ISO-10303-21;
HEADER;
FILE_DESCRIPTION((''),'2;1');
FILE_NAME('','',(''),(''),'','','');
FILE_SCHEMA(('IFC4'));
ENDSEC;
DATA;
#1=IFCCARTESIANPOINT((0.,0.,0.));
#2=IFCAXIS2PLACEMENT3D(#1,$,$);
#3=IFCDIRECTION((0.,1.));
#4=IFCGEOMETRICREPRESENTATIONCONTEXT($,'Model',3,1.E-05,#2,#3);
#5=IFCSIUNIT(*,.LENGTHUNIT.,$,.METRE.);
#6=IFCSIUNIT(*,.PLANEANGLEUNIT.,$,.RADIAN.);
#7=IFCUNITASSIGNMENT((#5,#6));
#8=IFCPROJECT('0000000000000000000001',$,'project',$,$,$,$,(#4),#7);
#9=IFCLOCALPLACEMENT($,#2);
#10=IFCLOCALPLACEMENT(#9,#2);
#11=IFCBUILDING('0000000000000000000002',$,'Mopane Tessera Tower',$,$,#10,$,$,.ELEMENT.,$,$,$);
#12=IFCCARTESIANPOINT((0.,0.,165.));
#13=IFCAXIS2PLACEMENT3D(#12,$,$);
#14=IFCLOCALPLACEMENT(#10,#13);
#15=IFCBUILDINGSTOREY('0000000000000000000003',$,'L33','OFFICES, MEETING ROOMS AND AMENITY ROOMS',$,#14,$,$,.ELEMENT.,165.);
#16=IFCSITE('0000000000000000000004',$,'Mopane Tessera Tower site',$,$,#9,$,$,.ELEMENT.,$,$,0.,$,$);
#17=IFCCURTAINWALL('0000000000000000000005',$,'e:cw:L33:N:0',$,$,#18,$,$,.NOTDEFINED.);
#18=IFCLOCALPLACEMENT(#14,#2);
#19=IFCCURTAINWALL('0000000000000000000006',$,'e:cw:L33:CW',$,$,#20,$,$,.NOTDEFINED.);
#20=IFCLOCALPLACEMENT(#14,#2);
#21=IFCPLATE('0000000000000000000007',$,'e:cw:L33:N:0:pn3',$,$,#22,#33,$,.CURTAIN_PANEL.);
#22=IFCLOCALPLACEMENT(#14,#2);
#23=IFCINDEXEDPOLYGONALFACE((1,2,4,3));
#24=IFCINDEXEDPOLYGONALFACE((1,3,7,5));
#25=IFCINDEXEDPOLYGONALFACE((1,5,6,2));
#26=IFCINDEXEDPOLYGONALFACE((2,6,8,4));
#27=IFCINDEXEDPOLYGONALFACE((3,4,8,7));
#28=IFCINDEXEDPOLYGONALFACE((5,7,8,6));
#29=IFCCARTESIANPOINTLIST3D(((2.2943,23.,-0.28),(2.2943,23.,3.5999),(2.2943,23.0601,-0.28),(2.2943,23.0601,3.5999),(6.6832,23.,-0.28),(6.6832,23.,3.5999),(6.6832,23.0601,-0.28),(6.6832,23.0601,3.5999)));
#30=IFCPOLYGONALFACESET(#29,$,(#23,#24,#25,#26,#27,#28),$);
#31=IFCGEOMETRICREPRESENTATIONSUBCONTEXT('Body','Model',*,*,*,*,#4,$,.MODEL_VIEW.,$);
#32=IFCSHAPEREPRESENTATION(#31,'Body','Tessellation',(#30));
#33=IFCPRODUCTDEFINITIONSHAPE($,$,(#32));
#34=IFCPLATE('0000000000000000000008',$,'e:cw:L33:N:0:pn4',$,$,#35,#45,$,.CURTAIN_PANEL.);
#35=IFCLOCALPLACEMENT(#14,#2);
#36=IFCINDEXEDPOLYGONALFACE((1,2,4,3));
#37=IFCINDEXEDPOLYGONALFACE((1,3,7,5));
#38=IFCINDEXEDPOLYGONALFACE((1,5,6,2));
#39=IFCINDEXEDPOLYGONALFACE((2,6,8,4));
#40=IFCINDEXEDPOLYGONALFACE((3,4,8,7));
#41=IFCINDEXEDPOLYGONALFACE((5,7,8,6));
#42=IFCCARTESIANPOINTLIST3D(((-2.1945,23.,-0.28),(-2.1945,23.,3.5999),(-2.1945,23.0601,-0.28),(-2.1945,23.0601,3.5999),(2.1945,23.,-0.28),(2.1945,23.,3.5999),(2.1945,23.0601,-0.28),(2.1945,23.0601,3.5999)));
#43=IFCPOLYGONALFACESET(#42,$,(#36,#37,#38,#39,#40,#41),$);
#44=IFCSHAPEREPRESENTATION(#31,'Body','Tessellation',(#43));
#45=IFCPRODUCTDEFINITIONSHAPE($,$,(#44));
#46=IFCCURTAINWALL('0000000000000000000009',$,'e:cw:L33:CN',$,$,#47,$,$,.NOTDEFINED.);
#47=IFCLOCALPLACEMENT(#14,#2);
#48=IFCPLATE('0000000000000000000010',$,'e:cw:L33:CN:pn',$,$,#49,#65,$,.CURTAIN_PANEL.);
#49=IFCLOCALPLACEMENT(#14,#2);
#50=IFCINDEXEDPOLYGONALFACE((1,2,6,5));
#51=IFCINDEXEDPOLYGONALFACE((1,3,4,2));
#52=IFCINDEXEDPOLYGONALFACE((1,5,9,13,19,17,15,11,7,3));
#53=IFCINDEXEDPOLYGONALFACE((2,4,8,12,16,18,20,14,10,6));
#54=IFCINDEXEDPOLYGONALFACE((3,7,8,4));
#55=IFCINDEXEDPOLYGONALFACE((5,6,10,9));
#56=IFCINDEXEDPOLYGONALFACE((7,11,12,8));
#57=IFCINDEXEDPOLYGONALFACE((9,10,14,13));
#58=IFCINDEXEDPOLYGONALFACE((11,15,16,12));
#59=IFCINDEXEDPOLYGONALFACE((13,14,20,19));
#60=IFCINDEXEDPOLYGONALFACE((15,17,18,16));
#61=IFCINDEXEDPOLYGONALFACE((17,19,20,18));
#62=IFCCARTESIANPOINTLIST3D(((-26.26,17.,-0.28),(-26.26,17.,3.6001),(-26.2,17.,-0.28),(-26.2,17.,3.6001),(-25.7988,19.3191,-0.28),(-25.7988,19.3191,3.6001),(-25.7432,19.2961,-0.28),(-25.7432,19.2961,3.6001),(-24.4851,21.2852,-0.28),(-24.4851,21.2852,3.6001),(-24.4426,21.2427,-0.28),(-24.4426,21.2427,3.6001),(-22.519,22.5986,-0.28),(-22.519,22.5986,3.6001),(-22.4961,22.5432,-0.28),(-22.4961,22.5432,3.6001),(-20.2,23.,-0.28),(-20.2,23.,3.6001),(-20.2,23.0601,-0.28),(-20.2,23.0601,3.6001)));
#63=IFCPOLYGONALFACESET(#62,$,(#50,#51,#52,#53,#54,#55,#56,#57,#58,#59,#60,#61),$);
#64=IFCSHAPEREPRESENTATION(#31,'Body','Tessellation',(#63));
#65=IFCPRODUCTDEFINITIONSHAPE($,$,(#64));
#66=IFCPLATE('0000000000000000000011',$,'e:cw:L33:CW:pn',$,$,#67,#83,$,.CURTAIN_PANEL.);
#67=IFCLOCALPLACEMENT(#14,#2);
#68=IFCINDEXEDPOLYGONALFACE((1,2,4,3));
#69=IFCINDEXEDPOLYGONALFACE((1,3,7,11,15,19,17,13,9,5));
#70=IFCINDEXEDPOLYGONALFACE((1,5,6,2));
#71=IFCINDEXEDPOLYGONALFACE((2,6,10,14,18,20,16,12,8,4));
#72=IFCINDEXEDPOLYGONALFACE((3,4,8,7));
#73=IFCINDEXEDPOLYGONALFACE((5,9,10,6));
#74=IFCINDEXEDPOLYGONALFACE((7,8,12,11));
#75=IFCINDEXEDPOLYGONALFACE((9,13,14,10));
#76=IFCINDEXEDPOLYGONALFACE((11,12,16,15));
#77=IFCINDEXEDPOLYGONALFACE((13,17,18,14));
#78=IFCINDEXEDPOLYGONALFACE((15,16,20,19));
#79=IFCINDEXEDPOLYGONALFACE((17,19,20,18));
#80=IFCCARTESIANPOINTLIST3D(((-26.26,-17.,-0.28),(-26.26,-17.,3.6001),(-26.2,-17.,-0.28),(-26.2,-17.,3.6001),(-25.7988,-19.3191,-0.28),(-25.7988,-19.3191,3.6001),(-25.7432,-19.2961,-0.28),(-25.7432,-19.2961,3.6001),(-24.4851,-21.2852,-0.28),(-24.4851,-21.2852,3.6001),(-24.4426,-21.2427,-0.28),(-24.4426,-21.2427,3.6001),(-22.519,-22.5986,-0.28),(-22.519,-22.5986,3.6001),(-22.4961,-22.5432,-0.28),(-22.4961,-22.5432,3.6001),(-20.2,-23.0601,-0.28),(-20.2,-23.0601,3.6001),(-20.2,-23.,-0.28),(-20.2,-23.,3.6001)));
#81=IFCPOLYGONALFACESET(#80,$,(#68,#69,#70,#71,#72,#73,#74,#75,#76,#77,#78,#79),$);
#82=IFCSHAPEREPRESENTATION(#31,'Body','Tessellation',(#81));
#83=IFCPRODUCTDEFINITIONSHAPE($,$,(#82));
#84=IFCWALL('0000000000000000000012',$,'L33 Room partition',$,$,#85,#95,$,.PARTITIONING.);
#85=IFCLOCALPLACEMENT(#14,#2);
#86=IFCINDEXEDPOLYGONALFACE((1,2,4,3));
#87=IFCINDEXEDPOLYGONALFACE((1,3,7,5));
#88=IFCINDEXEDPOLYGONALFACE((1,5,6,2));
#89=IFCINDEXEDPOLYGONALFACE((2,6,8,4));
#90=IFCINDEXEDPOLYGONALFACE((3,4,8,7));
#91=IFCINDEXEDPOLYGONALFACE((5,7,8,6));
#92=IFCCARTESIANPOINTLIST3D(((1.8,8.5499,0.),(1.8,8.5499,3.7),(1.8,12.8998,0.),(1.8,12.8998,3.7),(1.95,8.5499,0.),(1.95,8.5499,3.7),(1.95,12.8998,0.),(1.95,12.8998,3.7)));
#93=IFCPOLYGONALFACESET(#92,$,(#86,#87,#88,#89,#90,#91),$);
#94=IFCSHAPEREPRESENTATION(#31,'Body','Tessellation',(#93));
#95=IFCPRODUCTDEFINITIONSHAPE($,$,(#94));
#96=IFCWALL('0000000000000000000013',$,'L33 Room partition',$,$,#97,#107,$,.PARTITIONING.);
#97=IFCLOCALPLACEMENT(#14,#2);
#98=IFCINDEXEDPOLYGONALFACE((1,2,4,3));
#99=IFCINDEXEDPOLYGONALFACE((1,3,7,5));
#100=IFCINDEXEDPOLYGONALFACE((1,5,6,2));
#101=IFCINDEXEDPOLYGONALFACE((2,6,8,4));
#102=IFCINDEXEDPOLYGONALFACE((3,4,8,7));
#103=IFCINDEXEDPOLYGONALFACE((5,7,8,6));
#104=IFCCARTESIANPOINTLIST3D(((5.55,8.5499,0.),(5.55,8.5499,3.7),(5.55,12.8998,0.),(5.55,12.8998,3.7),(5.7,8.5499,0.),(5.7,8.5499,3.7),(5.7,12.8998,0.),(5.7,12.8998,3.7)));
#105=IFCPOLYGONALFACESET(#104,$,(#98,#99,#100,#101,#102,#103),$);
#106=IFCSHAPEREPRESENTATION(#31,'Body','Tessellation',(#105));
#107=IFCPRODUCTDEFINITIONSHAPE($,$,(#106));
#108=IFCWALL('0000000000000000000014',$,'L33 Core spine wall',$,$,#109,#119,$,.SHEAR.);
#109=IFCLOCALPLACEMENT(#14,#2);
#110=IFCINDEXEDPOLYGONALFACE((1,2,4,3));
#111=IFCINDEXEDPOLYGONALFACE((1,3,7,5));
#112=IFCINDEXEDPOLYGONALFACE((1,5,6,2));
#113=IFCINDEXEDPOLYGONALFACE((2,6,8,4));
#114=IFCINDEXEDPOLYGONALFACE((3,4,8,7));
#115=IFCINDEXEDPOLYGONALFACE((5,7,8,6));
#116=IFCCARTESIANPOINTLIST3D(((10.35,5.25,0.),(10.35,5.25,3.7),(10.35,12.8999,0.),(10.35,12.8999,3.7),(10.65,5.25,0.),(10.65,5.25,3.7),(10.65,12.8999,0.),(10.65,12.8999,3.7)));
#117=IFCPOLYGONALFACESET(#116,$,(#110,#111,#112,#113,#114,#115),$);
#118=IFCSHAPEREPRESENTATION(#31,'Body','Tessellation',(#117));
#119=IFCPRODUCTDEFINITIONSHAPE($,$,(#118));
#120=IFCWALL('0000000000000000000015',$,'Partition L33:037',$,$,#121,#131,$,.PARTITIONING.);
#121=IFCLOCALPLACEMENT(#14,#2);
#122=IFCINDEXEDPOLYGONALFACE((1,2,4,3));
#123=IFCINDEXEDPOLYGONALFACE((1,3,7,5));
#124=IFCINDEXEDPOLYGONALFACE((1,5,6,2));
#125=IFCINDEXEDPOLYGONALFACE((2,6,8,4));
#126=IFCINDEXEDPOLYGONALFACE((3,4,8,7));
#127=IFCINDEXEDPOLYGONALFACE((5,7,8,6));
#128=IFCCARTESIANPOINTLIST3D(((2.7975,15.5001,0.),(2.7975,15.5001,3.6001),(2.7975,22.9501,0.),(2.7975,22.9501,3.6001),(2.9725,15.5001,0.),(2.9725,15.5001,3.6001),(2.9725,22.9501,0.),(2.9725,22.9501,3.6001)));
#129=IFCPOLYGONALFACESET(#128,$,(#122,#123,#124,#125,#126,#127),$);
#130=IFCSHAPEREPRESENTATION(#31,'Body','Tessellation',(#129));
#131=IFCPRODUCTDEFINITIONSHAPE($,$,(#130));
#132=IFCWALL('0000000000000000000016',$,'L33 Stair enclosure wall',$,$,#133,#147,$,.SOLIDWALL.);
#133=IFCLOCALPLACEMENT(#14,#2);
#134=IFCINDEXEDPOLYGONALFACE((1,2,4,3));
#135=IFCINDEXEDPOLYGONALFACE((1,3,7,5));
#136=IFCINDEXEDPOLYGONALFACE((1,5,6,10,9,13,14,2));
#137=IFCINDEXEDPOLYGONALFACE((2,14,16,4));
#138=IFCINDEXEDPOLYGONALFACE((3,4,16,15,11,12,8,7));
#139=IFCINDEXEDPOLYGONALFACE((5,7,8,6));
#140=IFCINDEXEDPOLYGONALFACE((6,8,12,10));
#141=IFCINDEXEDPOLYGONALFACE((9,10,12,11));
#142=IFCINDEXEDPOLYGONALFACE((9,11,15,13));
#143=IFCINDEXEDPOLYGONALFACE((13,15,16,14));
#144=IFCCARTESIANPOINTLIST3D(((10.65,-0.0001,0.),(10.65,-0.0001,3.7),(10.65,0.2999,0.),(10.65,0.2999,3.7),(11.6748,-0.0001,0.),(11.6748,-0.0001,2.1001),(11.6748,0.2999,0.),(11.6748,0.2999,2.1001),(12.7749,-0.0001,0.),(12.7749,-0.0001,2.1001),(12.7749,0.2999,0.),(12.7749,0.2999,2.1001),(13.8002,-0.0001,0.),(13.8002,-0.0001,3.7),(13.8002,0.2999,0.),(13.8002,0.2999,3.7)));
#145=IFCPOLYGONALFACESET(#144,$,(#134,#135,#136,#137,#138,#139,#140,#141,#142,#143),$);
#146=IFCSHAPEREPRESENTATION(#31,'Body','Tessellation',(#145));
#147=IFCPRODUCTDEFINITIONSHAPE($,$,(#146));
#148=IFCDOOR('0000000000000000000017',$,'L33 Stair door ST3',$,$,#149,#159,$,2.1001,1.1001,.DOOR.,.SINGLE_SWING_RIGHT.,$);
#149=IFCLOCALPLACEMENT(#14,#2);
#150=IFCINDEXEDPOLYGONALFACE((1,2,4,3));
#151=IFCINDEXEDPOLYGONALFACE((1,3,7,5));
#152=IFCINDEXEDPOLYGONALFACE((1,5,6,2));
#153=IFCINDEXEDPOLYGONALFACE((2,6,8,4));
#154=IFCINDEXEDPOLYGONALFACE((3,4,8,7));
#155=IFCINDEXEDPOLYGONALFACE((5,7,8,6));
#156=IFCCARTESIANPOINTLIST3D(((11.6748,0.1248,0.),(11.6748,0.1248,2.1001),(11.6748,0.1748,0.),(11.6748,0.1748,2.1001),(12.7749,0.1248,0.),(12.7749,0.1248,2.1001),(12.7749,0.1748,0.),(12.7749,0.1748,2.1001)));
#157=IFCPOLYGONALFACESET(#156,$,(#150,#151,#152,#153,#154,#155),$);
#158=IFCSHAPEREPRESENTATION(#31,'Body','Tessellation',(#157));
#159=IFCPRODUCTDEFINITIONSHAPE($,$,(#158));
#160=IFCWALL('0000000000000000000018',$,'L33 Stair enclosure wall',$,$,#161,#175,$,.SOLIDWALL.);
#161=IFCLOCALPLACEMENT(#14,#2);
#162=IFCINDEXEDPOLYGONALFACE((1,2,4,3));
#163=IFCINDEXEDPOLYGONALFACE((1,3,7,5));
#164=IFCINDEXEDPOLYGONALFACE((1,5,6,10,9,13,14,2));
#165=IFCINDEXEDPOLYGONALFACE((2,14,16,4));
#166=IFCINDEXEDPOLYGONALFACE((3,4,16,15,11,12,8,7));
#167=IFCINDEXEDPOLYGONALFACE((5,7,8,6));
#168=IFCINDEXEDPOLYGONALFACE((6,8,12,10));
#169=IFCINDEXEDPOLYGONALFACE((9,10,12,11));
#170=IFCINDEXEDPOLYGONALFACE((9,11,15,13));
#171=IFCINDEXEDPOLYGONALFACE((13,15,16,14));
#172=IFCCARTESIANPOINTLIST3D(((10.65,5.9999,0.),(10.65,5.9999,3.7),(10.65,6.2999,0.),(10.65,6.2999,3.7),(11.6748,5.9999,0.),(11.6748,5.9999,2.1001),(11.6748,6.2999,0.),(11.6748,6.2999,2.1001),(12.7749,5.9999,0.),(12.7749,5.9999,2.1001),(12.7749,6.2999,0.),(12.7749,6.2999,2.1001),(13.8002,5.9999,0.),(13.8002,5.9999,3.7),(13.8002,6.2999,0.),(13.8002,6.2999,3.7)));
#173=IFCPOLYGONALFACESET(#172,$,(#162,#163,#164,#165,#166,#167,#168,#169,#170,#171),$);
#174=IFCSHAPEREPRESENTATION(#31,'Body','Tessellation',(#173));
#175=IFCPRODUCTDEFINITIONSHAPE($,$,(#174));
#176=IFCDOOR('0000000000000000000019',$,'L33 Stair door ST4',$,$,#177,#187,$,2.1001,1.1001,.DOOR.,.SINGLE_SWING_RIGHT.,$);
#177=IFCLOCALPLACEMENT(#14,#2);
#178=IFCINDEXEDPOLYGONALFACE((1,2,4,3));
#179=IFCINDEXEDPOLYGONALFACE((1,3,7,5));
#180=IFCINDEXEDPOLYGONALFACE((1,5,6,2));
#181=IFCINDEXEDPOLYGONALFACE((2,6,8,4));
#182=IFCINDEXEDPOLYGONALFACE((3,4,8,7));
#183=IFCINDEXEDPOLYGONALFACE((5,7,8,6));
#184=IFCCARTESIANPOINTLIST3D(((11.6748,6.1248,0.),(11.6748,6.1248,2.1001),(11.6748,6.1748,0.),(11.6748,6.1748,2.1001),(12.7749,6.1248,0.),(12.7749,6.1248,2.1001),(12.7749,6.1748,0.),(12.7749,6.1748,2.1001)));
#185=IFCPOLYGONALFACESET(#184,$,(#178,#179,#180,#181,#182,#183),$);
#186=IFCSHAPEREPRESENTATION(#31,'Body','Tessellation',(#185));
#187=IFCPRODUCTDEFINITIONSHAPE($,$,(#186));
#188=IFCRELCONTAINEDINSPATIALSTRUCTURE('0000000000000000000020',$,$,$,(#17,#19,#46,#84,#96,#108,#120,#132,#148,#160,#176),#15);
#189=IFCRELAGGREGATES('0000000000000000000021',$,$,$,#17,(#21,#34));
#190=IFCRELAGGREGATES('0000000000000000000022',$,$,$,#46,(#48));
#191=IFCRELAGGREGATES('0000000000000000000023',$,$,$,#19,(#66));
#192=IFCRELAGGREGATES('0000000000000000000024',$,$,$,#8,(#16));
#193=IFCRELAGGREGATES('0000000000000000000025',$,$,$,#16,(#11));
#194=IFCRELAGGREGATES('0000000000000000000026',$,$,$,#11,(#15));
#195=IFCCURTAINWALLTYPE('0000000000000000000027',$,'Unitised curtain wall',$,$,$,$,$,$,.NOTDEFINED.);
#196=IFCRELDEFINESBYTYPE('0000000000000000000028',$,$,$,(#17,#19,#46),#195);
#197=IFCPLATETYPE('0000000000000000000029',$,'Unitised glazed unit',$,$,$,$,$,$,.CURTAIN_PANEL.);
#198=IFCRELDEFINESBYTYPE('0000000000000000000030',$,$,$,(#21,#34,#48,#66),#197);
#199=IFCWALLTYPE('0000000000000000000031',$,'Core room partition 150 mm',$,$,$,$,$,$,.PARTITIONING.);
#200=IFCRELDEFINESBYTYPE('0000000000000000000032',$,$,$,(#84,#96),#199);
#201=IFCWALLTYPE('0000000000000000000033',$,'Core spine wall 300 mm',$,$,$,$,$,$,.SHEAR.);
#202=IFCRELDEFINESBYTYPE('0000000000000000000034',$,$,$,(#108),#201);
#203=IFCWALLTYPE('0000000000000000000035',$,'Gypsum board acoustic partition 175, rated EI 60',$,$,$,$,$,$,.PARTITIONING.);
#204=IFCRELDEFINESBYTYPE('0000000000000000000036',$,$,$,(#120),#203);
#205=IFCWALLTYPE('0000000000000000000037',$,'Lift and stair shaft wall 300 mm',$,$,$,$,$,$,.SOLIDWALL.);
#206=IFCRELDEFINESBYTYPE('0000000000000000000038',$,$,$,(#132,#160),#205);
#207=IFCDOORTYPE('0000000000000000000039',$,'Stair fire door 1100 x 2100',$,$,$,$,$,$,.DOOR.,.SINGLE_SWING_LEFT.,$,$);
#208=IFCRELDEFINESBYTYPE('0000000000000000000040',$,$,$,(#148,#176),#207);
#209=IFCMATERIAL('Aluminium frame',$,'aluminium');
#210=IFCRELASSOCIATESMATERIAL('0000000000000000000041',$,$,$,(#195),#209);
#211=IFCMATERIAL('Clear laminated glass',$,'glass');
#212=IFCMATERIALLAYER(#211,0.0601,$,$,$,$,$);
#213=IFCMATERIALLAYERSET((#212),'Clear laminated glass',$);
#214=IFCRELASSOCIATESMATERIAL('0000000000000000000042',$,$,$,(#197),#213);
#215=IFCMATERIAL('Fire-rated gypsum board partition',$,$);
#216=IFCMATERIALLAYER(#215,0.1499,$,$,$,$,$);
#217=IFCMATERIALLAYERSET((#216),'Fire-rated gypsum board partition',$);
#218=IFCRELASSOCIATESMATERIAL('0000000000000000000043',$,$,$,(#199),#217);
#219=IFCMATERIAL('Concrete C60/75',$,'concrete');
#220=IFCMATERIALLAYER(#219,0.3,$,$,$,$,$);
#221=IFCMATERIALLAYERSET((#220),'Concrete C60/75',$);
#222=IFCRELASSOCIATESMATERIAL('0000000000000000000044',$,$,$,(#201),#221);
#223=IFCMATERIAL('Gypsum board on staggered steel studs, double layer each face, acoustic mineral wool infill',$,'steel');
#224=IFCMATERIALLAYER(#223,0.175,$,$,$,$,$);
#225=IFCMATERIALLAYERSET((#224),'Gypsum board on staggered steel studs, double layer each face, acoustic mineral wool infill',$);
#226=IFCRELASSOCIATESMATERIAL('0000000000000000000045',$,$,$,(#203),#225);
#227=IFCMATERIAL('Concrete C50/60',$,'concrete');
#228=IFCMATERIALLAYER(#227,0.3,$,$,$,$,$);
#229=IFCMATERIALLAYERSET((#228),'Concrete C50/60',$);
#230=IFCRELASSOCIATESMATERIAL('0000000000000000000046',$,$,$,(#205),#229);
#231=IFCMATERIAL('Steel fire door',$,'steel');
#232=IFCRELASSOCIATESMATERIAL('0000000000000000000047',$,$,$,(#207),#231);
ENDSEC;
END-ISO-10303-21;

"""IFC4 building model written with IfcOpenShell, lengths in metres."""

from ifc_helpers import new_model, si_unit, direction, frame, frame_2d, origin, origin_2d, place, context, subcontext, project, spatial, polyline, rectangle, outline, extrude, material, layer, layer_set, type_object, element, fill, aggregate, save


model = new_model("IFC4")

# Units and contexts
model_context = context("Model", 3, precision=1e-05, world=origin(), true_north=direction((0.0, 1.0)))
body_context = subcontext(model_context, "Body", "Model", "MODEL_VIEW")
ifc_project = project(units=[si_unit("LENGTHUNIT", "METRE"), si_unit("PLANEANGLEUNIT", "RADIAN")], contexts=[model_context])

# Site, building, storey
site_placement = place(None, origin())
site = spatial("IfcSite", under=ifc_project, at=site_placement, Name="Mopane Tessera Tower site", CompositionType="ELEMENT", RefElevation=0.0)
building_placement = place(site_placement, origin())
building = spatial("IfcBuilding", under=site, at=building_placement, Name="Mopane Tessera Tower", CompositionType="ELEMENT")
storey_placement = place(building_placement, frame((0.0, 0.0, 165.0)))
storey = spatial("IfcBuildingStorey", under=building, at=storey_placement, Name="L33", Description="OFFICES, MEETING ROOMS AND AMENITY ROOMS", CompositionType="ELEMENT", Elevation=165.0)

# Curtain wall
ifc_material_1 = material(Name="Aluminium frame", Category="aluminium")
curtain_wall_type = type_object("IfcCurtainWallType", Name="Unitised curtain wall", PredefinedType="NOTDEFINED", material=ifc_material_1)
curtain_wall_1_placement = place(storey_placement, origin())
curtain_wall_1 = element("IfcCurtainWall", 1, at=curtain_wall_1_placement, inside=storey, type_object=curtain_wall_type, Name="e:cw:L33:N:0", PredefinedType="NOTDEFINED")

# Curtain wall
curtain_wall_2_placement = place(storey_placement, origin())
curtain_wall_2 = element("IfcCurtainWall", 2, at=curtain_wall_2_placement, inside=storey, type_object=curtain_wall_type, Name="e:cw:L33:CW", PredefinedType="NOTDEFINED")

# Plates
ifc_material_2 = material(Name="Clear laminated glass", Category="glass")
ifc_layer_1 = layer(ifc_material_2, 0.0601)
ifc_layer_set_1 = layer_set([ifc_layer_1], Name="Clear laminated glass")
plate_type = type_object("IfcPlateType", Name="Unitised glazed unit", PredefinedType="CURTAIN_PANEL", material=ifc_layer_set_1)
plate_1_placement = place(storey_placement, frame((4.4888, 23.03, -0.28), z_axis=(0.0, 0.0, 1.0), x_axis=(-1.0, 0.0, 0.0)))
plate_1 = element("IfcPlate", 3, at=plate_1_placement, type_object=plate_type, Name="e:cw:L33:N:0:pn3", PredefinedType="CURTAIN_PANEL", context=body_context, shape_type="SweptSolid", body=[
    extrude(rectangle(XDim=4.3889, YDim=0.0601, at=origin_2d()), origin(), (0.0, 0.0, 1.0), 3.8799),
])
plate_2_placement = place(storey_placement, frame((0.0, 23.03, -0.28), z_axis=(0.0, 0.0, 1.0), x_axis=(-1.0, 0.0, 0.0)))
plate_2 = element("IfcPlate", 4, at=plate_2_placement, type_object=plate_type, Name="e:cw:L33:N:0:pn4", PredefinedType="CURTAIN_PANEL", context=body_context, shape_type="SweptSolid", body=[
    extrude(rectangle(XDim=4.3889, YDim=0.0601, at=origin_2d()), origin(), (0.0, 0.0, 1.0), 3.8799),
])
aggregate(curtain_wall_1, [plate_1, plate_2])

# Curtain wall, plate
curtain_wall_3_placement = place(storey_placement, origin())
curtain_wall_3 = element("IfcCurtainWall", 5, at=curtain_wall_3_placement, inside=storey, type_object=curtain_wall_type, Name="e:cw:L33:CN", PredefinedType="NOTDEFINED")
plate_3_placement = place(storey_placement, frame((0.0, 0.0, -0.28)))
plate_3 = element("IfcPlate", 6, at=plate_3_placement, type_object=plate_type, Name="e:cw:L33:CN:pn", PredefinedType="CURTAIN_PANEL", context=body_context, shape_type="SweptSolid", body=[
    extrude(outline(polyline([(-20.2, 23.0), (-22.4961, 22.5432), (-24.4426, 21.2427), (-25.7432, 19.2961), (-26.2, 17.0), (-26.26, 17.0), (-25.7988, 19.3191), (-24.4851, 21.2852), (-22.519, 22.5986), (-20.2, 23.0601), (-20.2, 23.0)])), origin(), (0.0, 0.0, 1.0), 3.8801),
])
aggregate(curtain_wall_3, [plate_3])

# Plate
plate_4_placement = place(storey_placement, frame((0.0, 0.0, -0.28)))
plate_4 = element("IfcPlate", 7, at=plate_4_placement, type_object=plate_type, Name="e:cw:L33:CW:pn", PredefinedType="CURTAIN_PANEL", context=body_context, shape_type="SweptSolid", body=[
    extrude(outline(polyline([(-26.2, -17.0), (-25.7432, -19.2961), (-24.4426, -21.2427), (-22.4961, -22.5432), (-20.2, -23.0), (-20.2, -23.0601), (-22.519, -22.5986), (-24.4851, -21.2852), (-25.7988, -19.3191), (-26.26, -17.0), (-26.2, -17.0)])), origin(), (0.0, 0.0, 1.0), 3.8801),
])
aggregate(curtain_wall_2, [plate_4])

# Walls
ifc_material_3 = material(Name="Fire-rated gypsum board partition")
ifc_layer_2 = layer(ifc_material_3, 0.1499)
ifc_layer_set_2 = layer_set([ifc_layer_2], Name="Fire-rated gypsum board partition")
wall_type_1 = type_object("IfcWallType", Name="Core room partition 150 mm", PredefinedType="PARTITIONING", material=ifc_layer_set_2)
for number, where, z_axis, x_axis, name in (
    (8, (1.875, 8.55, 0.0), (0.0, 0.0, 1.0), (0.0, 1.0, 0.0), "L33 Room partition"),
    (9, (5.625, 8.55, 0.0), (0.0, 0.0, 1.0), (0.0, 1.0, 0.0), "L33 Room partition"),
):
    element("IfcWall", number, at=place(storey_placement, frame(where, z_axis=z_axis, x_axis=x_axis)), inside=storey, type_object=wall_type_1, Name=name, PredefinedType="PARTITIONING", context=body_context, shape_type="SweptSolid", body=[
        extrude(rectangle(XDim=4.3499, YDim=0.1499, at=frame_2d((2.1748, 0.0))), origin(), (0.0, 0.0, 1.0), 3.7),
    ])
ifc_material_4 = material(Name="Concrete C60/75", Category="concrete")
ifc_layer_3 = layer(ifc_material_4, 0.3)
ifc_layer_set_3 = layer_set([ifc_layer_3], Name="Concrete C60/75")
wall_type_2 = type_object("IfcWallType", Name="Core spine wall 300 mm", PredefinedType="SHEAR", material=ifc_layer_set_3)
wall_1_placement = place(storey_placement, frame((10.5, 5.25, 0.0), z_axis=(0.0, 0.0, 1.0), x_axis=(0.0, 1.0, 0.0)))
element("IfcWall", 10, at=wall_1_placement, inside=storey, type_object=wall_type_2, Name="L33 Core spine wall", PredefinedType="SHEAR", context=body_context, shape_type="SweptSolid", body=[
    extrude(rectangle(XDim=7.6499, YDim=0.3, at=frame_2d((3.825, 0.0))), origin(), (0.0, 0.0, 1.0), 3.7),
])
ifc_material_5 = material(Name="Gypsum board on staggered steel studs, double layer each face, acoustic mineral wool infill", Category="steel")
ifc_layer_4 = layer(ifc_material_5, 0.175)
ifc_layer_set_4 = layer_set([ifc_layer_4], Name="Gypsum board on staggered steel studs, double layer each face, acoustic mineral wool infill")
wall_type_3 = type_object("IfcWallType", Name="Gypsum board acoustic partition 175, rated EI 60", PredefinedType="PARTITIONING", material=ifc_layer_set_4)
wall_2_placement = place(storey_placement, frame((2.885, 15.5, 0.0), z_axis=(0.0, 0.0, 1.0), x_axis=(0.0, 1.0, 0.0)))
element("IfcWall", 11, at=wall_2_placement, inside=storey, type_object=wall_type_3, Name="Partition L33:037", PredefinedType="PARTITIONING", context=body_context, shape_type="SweptSolid", body=[
    extrude(rectangle(XDim=7.45, YDim=0.175, at=frame_2d((3.7251, 0.0))), origin(), (0.0, 0.0, 1.0), 3.6001),
])

# Walls, openings, doors
ifc_material_6 = material(Name="Concrete C50/60", Category="concrete")
ifc_layer_5 = layer(ifc_material_6, 0.3)
ifc_layer_set_5 = layer_set([ifc_layer_5], Name="Concrete C50/60")
wall_type_4 = type_object("IfcWallType", Name="Lift and stair shaft wall 300 mm", PredefinedType="SOLIDWALL", material=ifc_layer_set_5)
wall_3_placement = place(storey_placement, frame((10.6499, 0.1499, 0.0), z_axis=(0.0, 0.0, 1.0), x_axis=(1.0, 0.0, 0.0)))
wall_3 = element("IfcWall", 12, at=wall_3_placement, inside=storey, type_object=wall_type_4, Name="L33 Stair enclosure wall", PredefinedType="SOLIDWALL", context=body_context, shape_type="SweptSolid", body=[
    extrude(rectangle(XDim=3.1501, YDim=0.3, at=frame_2d((1.5752, 0.0))), origin(), (0.0, 0.0, 1.0), 3.7),
])
opening_1_placement = place(wall_3_placement, frame((1.0249, 0.0, 0.0)))
opening_1 = element("IfcOpeningElement", 13, at=opening_1_placement, cuts=wall_3, PredefinedType="OPENING", context=body_context, shape_type="SweptSolid", body=[
    extrude(rectangle(XDim=1.1001, YDim=2.1001, at=frame_2d((0.55, 1.05))), frame((0.0, 0.1621, 0.0), z_axis=(0.0, -1.0, 0.0), x_axis=(1.0, 0.0, 0.0)), (0.0, 0.0, 1.0), 0.324),
])
ifc_material_7 = material(Name="Steel fire door", Category="steel")
door_type = type_object("IfcDoorType", Name="Stair fire door 1100 x 2100", OperationType="SINGLE_SWING_LEFT", PredefinedType="DOOR", material=ifc_material_7)
door_1_placement = place(opening_1_placement, origin())
door_1 = element("IfcDoor", 14, at=door_1_placement, inside=storey, type_object=door_type, Name="L33 Stair door ST3", OperationType="SINGLE_SWING_RIGHT", OverallHeight=2.1001, OverallWidth=1.1001, PredefinedType="DOOR", context=body_context, shape_type="SweptSolid", body=[
    extrude(rectangle(XDim=1.1001, YDim=2.1001, at=frame_2d((0.55, 1.05))), frame((0.0, 0.0249, 0.0), z_axis=(0.0, -1.0, 0.0), x_axis=(1.0, 0.0, 0.0)), (0.0, 0.0, 1.0), 0.05),
])
fill(opening_1, door_1)
wall_4_placement = place(storey_placement, frame((10.6499, 6.1499, 0.0), z_axis=(0.0, 0.0, 1.0), x_axis=(1.0, 0.0, 0.0)))
wall_4 = element("IfcWall", 15, at=wall_4_placement, inside=storey, type_object=wall_type_4, Name="L33 Stair enclosure wall", PredefinedType="SOLIDWALL", context=body_context, shape_type="SweptSolid", body=[
    extrude(rectangle(XDim=3.1501, YDim=0.3, at=frame_2d((1.5752, 0.0))), origin(), (0.0, 0.0, 1.0), 3.7),
])
opening_2_placement = place(wall_4_placement, frame((1.0249, 0.0, 0.0)))
opening_2 = element("IfcOpeningElement", 16, at=opening_2_placement, cuts=wall_4, PredefinedType="OPENING", context=body_context, shape_type="SweptSolid", body=[
    extrude(rectangle(XDim=1.1001, YDim=2.1001, at=frame_2d((0.55, 1.05))), frame((0.0, 0.1621, 0.0), z_axis=(0.0, -1.0, 0.0), x_axis=(1.0, 0.0, 0.0)), (0.0, 0.0, 1.0), 0.324),
])
door_2_placement = place(opening_2_placement, origin())
door_2 = element("IfcDoor", 17, at=door_2_placement, inside=storey, type_object=door_type, Name="L33 Stair door ST4", OperationType="SINGLE_SWING_RIGHT", OverallHeight=2.1001, OverallWidth=1.1001, PredefinedType="DOOR", context=body_context, shape_type="SweptSolid", body=[
    extrude(rectangle(XDim=1.1001, YDim=2.1001, at=frame_2d((0.55, 1.05))), frame((0.0, 0.0249, 0.0), z_axis=(0.0, -1.0, 0.0), x_axis=(1.0, 0.0, 0.0)), (0.0, 0.0, 1.0), 0.05),
])
fill(opening_2, door_2)

save(model, "model.ifc")
